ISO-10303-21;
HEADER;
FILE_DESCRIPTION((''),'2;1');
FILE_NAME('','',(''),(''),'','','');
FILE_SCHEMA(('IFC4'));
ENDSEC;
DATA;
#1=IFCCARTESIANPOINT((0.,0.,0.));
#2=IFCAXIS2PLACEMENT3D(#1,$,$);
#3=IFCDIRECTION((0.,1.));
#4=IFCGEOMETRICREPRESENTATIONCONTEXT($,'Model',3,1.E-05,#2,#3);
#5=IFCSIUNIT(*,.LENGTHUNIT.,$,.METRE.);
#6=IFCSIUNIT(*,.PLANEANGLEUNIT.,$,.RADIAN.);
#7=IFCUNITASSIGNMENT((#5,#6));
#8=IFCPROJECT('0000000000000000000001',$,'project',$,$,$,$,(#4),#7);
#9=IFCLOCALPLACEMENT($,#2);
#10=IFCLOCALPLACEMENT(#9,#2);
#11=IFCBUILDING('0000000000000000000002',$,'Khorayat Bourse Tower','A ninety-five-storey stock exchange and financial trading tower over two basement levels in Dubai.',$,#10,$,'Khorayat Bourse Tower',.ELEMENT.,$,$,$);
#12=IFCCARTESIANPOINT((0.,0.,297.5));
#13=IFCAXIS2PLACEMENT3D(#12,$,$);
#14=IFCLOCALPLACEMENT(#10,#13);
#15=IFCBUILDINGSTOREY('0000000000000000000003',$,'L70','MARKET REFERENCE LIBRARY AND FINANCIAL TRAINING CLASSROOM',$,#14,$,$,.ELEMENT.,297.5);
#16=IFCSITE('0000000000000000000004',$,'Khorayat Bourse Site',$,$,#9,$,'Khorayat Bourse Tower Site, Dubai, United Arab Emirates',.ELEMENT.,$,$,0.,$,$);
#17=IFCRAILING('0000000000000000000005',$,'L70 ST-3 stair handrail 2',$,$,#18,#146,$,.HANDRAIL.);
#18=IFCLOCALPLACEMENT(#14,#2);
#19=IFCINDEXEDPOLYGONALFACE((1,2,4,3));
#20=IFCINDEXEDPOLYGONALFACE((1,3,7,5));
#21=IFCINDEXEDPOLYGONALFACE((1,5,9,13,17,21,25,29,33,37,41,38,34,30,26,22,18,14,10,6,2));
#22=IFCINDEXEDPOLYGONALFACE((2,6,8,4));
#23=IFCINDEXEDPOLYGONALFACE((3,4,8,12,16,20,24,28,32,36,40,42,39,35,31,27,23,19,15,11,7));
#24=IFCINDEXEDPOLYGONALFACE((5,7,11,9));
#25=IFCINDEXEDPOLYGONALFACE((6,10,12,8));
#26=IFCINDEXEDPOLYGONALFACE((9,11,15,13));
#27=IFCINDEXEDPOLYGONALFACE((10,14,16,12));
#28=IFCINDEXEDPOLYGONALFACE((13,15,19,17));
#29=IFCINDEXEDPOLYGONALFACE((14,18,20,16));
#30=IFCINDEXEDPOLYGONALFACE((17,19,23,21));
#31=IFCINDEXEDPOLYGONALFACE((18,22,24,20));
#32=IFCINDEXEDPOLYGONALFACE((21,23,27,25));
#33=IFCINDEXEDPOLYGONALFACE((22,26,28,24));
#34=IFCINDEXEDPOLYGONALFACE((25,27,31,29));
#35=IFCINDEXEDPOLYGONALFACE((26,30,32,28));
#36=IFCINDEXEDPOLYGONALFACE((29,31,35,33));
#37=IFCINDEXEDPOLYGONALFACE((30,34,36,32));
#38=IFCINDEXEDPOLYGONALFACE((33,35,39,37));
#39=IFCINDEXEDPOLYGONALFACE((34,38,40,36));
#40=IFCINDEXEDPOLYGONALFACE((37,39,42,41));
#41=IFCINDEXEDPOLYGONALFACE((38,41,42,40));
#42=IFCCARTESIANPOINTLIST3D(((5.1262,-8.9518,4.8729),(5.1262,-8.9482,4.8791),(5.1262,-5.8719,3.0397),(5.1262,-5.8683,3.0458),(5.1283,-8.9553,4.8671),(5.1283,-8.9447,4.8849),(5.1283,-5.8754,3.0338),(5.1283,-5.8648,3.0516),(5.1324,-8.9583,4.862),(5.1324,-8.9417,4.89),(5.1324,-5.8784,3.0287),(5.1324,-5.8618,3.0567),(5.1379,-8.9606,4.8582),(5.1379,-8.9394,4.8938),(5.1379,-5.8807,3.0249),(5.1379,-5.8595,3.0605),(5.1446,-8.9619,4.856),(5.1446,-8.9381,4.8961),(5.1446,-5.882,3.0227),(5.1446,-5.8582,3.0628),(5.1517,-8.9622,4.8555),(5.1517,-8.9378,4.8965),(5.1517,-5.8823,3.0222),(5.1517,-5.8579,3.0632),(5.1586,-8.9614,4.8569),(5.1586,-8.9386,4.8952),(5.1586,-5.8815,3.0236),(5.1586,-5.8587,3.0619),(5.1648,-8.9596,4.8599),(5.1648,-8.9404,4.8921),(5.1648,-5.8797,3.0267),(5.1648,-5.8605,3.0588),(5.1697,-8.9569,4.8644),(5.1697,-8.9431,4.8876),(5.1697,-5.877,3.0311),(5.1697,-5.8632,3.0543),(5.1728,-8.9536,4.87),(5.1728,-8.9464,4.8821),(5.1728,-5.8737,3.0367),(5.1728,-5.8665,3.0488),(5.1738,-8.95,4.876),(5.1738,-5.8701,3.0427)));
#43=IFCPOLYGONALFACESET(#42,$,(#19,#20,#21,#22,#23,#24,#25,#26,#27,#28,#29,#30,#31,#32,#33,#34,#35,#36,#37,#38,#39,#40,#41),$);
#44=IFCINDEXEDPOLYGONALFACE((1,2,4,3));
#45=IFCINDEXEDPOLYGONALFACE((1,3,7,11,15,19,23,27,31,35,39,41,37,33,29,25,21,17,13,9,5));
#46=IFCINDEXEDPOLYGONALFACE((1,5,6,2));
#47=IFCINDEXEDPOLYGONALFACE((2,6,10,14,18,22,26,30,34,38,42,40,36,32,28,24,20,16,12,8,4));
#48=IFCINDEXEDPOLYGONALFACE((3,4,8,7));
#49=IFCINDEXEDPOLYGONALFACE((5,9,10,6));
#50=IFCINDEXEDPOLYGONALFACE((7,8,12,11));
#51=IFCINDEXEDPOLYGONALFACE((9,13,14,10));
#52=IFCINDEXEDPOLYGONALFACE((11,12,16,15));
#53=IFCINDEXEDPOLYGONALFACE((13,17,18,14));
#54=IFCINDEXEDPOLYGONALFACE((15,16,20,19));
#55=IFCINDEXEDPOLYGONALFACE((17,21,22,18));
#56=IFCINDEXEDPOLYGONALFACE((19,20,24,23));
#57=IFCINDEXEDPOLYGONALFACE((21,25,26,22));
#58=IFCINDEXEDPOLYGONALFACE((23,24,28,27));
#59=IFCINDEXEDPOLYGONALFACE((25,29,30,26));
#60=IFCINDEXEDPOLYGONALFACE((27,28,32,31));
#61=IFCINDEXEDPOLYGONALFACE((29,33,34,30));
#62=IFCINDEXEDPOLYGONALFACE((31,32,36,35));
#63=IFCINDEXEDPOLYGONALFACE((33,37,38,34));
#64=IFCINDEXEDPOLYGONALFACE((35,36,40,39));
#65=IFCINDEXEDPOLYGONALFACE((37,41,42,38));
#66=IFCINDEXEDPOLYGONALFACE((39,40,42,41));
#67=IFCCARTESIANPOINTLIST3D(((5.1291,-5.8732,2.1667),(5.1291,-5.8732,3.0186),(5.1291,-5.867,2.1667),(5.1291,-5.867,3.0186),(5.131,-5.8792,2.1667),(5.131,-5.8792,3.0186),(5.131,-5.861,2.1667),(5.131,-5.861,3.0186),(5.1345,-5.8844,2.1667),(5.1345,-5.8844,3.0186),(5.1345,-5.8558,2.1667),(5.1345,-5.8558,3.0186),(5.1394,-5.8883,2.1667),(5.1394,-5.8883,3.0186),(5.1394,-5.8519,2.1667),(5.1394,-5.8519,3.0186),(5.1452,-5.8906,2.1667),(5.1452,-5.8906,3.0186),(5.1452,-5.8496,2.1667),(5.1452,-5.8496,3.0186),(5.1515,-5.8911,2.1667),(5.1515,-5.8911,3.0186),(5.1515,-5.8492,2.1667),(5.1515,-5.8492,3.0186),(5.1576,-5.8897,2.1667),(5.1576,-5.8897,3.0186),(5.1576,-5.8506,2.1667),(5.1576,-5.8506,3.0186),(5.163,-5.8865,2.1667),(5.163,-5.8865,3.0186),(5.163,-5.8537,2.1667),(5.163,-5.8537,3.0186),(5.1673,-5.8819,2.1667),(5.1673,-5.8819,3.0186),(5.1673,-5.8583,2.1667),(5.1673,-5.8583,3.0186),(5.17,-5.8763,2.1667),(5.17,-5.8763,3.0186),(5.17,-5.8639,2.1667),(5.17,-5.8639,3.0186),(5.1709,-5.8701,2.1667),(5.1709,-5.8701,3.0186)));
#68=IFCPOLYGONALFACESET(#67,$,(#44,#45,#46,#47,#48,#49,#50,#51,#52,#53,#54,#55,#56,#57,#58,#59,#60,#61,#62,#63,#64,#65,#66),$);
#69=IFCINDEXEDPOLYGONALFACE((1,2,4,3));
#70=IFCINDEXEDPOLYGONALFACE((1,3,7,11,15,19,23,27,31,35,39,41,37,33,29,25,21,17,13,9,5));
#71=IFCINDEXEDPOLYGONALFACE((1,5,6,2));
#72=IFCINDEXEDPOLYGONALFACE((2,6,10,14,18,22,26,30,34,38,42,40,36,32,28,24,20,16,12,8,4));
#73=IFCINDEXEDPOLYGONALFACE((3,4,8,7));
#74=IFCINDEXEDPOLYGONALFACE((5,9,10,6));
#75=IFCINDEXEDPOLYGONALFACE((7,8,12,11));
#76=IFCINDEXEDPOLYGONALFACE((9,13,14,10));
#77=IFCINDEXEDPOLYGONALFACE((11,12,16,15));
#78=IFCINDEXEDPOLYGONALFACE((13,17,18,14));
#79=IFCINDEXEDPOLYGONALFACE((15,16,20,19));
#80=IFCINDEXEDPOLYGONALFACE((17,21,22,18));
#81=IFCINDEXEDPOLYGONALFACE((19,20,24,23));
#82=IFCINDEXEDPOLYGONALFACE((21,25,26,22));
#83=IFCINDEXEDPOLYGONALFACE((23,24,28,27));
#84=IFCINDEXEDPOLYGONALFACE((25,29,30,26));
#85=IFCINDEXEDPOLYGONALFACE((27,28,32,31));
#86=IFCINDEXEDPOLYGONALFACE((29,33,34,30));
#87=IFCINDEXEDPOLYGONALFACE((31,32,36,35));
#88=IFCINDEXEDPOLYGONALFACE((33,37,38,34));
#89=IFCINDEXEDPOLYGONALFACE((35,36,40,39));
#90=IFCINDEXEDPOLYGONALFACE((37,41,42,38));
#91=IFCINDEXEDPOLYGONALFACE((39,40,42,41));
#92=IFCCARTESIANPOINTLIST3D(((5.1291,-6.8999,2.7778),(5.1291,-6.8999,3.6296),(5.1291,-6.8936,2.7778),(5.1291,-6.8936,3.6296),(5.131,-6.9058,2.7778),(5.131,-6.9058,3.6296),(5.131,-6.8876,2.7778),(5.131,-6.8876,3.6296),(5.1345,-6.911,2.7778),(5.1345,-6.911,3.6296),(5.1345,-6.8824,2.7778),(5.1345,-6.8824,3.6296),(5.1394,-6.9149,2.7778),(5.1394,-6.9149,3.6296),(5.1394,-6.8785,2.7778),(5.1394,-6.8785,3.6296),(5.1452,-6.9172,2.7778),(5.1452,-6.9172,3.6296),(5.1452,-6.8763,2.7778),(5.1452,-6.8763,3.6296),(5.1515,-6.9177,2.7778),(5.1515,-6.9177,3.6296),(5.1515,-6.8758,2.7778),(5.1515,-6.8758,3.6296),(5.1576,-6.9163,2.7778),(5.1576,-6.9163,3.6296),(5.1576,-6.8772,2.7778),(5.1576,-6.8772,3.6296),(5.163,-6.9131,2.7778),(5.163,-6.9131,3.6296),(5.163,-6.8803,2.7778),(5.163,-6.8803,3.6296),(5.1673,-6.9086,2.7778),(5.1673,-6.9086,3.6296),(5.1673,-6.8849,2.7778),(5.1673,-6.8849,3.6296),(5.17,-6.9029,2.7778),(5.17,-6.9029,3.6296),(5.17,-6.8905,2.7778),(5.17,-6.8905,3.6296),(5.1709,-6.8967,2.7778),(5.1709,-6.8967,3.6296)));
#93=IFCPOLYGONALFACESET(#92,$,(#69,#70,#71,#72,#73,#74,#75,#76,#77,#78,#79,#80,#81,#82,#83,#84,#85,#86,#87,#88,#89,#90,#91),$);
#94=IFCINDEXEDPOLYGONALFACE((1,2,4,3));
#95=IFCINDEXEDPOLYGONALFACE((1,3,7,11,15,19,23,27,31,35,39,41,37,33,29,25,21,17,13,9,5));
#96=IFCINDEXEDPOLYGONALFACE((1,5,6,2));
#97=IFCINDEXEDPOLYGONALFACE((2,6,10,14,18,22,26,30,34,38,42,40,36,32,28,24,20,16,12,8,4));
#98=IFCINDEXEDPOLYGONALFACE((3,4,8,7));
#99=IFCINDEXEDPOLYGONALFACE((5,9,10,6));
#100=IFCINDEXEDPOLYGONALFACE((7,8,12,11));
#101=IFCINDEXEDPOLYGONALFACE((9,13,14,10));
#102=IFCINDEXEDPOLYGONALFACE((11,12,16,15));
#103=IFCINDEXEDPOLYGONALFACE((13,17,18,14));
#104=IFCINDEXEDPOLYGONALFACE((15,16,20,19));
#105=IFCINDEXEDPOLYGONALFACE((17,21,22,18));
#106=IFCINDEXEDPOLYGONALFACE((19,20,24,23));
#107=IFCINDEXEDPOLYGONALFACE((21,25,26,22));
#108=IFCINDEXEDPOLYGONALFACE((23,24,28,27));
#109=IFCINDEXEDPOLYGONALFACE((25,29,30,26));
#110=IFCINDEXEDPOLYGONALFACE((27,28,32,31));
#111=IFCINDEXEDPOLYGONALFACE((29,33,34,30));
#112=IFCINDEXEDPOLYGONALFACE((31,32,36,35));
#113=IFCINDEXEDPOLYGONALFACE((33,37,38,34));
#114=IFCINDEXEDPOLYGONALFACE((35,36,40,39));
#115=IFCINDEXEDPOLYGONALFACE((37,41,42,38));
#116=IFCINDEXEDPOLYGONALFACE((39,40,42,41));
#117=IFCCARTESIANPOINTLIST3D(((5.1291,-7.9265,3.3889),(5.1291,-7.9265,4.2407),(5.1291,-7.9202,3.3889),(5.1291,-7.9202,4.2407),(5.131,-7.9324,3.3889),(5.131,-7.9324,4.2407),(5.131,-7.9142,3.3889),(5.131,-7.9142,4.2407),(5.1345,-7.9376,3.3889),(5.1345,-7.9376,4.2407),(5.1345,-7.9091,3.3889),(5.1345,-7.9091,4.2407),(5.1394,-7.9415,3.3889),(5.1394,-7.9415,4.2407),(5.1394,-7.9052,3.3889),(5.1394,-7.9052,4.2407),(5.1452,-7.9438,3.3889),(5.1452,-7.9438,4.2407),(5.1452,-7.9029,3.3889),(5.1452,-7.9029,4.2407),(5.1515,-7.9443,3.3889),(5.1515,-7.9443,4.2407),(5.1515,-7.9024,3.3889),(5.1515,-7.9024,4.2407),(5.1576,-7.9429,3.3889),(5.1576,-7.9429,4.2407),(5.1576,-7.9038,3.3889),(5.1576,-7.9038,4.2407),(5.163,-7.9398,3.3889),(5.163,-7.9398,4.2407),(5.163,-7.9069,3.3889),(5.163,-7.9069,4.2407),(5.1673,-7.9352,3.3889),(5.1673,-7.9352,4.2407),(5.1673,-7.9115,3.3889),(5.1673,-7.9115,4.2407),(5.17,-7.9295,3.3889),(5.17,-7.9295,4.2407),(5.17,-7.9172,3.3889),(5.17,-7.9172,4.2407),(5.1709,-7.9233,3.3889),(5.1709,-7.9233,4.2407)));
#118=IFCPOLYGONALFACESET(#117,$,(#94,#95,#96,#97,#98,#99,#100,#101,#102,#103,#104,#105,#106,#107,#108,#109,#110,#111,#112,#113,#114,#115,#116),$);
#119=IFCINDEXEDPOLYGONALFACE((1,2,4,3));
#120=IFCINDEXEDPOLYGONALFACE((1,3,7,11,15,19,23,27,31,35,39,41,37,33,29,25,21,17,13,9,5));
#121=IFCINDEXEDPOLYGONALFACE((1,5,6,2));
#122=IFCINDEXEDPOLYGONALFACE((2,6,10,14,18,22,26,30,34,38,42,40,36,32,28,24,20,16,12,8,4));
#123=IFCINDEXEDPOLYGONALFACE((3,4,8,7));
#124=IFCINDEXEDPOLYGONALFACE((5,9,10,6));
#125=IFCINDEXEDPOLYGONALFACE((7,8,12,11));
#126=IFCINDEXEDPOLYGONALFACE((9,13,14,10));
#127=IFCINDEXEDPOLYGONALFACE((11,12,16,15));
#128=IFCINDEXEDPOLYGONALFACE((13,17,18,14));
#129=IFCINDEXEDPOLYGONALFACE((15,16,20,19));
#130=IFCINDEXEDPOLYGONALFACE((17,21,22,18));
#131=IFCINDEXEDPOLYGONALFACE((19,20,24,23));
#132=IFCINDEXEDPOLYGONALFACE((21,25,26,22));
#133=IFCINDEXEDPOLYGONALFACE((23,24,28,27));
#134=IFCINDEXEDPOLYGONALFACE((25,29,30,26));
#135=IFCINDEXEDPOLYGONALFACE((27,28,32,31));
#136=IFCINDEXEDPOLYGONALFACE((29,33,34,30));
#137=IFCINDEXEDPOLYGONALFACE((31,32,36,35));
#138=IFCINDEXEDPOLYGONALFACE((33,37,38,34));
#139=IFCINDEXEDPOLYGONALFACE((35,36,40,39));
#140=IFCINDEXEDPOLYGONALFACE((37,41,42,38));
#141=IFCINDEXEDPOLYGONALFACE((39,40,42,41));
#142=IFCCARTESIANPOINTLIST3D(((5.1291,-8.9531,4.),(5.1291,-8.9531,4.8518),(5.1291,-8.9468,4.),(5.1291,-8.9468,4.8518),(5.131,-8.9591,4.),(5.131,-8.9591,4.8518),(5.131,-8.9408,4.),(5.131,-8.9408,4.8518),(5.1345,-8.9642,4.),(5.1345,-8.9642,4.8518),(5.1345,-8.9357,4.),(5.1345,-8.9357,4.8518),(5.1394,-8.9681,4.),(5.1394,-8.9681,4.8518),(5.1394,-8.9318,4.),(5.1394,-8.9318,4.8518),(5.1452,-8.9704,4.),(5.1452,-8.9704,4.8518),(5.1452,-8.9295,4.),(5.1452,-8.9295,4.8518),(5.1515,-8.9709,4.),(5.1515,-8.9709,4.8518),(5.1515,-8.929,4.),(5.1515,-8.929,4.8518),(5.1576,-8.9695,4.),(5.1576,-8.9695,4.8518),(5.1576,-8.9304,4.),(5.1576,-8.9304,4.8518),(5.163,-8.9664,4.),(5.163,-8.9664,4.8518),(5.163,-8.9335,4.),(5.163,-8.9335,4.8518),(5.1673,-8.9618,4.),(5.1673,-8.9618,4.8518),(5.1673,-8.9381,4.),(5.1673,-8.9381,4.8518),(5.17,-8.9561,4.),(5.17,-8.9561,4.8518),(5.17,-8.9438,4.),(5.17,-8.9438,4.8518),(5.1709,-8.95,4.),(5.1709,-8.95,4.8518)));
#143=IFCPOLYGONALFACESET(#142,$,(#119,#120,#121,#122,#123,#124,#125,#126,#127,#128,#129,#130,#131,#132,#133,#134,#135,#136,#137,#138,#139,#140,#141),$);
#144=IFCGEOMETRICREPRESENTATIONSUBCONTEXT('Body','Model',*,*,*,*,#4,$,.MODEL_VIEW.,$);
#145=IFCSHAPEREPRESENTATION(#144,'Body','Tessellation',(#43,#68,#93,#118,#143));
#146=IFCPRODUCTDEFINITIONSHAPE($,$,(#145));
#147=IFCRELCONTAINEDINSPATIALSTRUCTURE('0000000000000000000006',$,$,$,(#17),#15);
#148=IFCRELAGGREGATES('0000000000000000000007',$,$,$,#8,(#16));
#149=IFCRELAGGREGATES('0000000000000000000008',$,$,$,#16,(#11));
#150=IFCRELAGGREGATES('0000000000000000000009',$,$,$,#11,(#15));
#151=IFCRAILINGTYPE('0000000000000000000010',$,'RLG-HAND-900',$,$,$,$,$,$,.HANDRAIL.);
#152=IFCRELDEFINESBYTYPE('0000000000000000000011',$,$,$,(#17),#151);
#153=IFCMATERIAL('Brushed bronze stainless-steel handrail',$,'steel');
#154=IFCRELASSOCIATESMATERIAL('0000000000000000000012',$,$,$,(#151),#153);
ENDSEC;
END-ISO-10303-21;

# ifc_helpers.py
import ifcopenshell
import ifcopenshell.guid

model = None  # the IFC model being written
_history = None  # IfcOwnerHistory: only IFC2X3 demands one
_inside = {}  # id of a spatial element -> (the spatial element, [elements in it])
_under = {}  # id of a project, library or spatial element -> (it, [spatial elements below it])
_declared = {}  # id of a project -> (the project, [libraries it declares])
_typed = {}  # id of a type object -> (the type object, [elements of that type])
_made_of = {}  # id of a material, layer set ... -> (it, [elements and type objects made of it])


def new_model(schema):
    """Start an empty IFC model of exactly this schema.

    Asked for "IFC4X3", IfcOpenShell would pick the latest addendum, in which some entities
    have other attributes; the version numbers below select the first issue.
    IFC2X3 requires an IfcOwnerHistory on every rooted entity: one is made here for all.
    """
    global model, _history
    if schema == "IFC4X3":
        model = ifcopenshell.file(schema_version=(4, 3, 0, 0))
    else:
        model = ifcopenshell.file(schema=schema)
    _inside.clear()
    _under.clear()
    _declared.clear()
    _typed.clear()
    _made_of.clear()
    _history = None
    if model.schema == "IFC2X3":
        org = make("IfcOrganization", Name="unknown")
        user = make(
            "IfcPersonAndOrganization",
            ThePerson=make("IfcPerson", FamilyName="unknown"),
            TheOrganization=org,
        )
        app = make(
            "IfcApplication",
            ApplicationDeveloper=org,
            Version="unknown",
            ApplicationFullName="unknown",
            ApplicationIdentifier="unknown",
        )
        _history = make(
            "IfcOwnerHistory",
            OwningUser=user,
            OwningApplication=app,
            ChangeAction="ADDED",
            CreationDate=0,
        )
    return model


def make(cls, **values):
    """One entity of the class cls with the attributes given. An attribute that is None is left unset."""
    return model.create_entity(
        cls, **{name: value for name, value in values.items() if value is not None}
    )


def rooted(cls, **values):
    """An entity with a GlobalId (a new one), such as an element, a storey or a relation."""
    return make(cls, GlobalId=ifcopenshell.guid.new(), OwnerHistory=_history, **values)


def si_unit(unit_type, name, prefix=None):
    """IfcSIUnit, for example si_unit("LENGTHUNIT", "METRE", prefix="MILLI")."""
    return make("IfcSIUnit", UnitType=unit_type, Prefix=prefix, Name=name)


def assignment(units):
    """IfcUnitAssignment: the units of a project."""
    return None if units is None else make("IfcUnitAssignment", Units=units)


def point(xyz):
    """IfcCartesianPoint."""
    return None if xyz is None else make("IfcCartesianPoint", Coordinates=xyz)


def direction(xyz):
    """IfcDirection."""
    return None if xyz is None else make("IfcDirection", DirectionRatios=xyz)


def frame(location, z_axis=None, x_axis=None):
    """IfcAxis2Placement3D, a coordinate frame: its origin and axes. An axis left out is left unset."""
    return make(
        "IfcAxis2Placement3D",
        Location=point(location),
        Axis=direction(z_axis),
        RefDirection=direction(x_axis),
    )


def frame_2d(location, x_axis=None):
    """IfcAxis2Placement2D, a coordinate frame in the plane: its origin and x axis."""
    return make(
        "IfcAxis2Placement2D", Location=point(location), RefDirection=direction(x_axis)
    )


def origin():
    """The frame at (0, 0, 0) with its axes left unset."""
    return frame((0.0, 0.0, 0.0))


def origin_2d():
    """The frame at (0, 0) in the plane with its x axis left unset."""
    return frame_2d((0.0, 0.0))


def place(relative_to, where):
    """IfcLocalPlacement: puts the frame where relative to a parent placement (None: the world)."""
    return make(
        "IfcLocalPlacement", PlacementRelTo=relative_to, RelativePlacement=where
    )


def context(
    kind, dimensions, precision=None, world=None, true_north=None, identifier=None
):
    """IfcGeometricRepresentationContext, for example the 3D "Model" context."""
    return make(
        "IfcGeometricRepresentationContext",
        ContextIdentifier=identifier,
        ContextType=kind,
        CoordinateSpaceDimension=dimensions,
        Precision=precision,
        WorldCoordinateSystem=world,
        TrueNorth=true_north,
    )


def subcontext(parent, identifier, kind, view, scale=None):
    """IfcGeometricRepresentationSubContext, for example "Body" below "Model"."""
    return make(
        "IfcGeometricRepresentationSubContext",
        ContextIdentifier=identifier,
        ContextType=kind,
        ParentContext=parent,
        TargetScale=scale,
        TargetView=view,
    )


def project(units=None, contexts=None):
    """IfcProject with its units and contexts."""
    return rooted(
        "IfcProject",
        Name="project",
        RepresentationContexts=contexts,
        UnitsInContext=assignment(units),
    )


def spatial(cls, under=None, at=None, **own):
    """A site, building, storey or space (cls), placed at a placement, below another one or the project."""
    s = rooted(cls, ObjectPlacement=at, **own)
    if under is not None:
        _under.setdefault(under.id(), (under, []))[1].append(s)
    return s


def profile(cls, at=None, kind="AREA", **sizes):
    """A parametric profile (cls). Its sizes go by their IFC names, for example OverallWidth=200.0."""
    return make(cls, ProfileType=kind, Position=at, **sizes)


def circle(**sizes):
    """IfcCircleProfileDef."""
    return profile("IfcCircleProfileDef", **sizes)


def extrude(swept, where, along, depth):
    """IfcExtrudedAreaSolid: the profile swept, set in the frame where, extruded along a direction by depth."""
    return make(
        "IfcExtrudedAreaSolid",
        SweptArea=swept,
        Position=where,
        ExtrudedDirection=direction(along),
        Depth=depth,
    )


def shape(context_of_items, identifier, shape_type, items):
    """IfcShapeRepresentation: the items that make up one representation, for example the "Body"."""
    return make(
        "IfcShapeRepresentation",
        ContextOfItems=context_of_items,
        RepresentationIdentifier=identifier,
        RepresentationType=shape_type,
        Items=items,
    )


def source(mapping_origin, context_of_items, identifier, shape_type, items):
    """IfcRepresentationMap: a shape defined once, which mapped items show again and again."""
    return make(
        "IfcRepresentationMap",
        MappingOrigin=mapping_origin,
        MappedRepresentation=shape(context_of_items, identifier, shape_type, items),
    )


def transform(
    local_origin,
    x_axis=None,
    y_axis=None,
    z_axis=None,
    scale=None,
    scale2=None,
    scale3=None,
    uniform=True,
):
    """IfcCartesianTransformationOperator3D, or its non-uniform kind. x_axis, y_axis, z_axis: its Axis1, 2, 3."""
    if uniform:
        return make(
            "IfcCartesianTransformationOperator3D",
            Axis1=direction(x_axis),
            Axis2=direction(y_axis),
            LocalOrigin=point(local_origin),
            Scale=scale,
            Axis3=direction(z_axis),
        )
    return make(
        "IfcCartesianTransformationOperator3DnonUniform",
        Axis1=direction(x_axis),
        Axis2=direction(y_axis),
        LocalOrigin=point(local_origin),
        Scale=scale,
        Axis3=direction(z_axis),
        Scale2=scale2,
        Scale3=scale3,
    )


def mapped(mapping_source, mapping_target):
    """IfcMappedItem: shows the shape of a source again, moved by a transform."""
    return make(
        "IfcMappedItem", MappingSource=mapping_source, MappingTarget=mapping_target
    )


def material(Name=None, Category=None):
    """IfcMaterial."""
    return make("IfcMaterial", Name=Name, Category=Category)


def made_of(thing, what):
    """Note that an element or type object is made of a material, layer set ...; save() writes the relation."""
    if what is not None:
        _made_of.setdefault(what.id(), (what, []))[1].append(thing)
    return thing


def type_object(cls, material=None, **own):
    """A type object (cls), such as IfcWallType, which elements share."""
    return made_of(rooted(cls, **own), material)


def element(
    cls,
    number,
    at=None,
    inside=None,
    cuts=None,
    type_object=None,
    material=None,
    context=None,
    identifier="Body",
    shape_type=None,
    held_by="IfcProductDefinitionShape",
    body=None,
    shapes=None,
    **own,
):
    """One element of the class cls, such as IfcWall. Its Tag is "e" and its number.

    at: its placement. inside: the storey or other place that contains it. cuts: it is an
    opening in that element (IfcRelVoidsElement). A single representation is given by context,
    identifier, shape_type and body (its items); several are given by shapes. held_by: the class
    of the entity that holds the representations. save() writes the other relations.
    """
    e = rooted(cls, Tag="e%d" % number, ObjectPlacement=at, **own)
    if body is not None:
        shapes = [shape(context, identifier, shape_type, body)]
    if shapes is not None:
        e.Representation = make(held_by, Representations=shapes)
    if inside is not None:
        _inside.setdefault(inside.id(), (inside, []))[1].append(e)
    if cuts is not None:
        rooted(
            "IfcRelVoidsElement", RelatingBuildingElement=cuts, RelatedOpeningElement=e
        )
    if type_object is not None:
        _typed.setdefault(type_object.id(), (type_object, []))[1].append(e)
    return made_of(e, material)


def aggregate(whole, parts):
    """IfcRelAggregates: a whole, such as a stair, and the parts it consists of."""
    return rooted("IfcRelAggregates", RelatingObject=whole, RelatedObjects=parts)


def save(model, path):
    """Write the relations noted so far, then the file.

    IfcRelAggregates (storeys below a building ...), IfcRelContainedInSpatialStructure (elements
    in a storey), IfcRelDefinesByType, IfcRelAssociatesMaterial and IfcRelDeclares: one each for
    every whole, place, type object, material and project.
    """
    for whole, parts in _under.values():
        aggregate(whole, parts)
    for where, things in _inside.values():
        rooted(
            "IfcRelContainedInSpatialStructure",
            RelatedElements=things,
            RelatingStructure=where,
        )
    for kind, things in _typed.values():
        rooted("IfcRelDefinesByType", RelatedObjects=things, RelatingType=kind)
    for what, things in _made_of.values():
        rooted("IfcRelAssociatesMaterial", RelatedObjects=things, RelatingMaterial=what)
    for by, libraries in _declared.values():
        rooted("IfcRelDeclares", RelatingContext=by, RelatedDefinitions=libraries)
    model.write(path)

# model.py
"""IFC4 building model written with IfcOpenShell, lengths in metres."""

from ifc_helpers import new_model, si_unit, direction, frame, origin, origin_2d, place, context, subcontext, project, spatial, circle, extrude, source, transform, mapped, material, type_object, element, save


model = new_model("IFC4")

# Units and contexts
model_context = context("Model", 3, precision=1e-05, world=origin(), true_north=direction((0.0, 1.0)))
body_context = subcontext(model_context, "Body", "Model", "MODEL_VIEW")
ifc_project = project(units=[si_unit("LENGTHUNIT", "METRE"), si_unit("PLANEANGLEUNIT", "RADIAN")], contexts=[model_context])

# Site, building, storey
site_placement = place(None, origin())
site = spatial("IfcSite", under=ifc_project, at=site_placement, Name="Khorayat Bourse Site", LongName="Khorayat Bourse Tower Site, Dubai, United Arab Emirates", CompositionType="ELEMENT", RefElevation=0.0)
building_placement = place(site_placement, origin())
building = spatial("IfcBuilding", under=site, at=building_placement, Name="Khorayat Bourse Tower", Description="A ninety-five-storey stock exchange and financial trading tower over two basement levels in Dubai.", LongName="Khorayat Bourse Tower", CompositionType="ELEMENT")
storey_placement = place(building_placement, frame((0.0, 0.0, 297.5)))
storey = spatial("IfcBuildingStorey", under=building, at=storey_placement, Name="L70", Description="MARKET REFERENCE LIBRARY AND FINANCIAL TRAINING CLASSROOM", CompositionType="ELEMENT", Elevation=297.5)

# Railing
ifc_material_1 = material(Name="Brushed bronze stainless-steel handrail", Category="steel")
railing_type_1 = type_object("IfcRailingType", Name="RLG-HAND-900", PredefinedType="HANDRAIL", material=ifc_material_1)
shared_shape_1 = source(origin(), body_context, "Body", "SweptSolid", [
    extrude(circle(Radius=0.0239, at=origin_2d()), frame((0.0, 0.0, 0.876), z_axis=(0.0, -0.859291, 0.511487), x_axis=(1.0, 0.0, 0.0)), (0.0, 0.0, 1.0), 3.5842),
    extrude(circle(Radius=0.021, at=origin_2d()), origin(), (0.0, 0.0, 1.0), 0.8518),
    extrude(circle(Radius=0.021, at=origin_2d()), frame((0.0, -1.0266, 0.6111)), (0.0, 0.0, 1.0), 0.8518),
    extrude(circle(Radius=0.021, at=origin_2d()), frame((0.0, -2.0532, 1.2222)), (0.0, 0.0, 1.0), 0.8518),
    extrude(circle(Radius=0.021, at=origin_2d()), frame((0.0, -3.0798, 1.8333)), (0.0, 0.0, 1.0), 0.8518),
])
railing_1_placement = place(storey_placement, frame((5.1499, -5.8701, 2.1667)))
element("IfcRailing", 1, at=railing_1_placement, inside=storey, type_object=railing_type_1, Name="L70 ST-3 stair handrail 2", PredefinedType="HANDRAIL", context=body_context, shape_type="MappedRepresentation", body=[
    mapped(shared_shape_1, transform((0.0, 0.0, 0.0), scale=1.0)),
])

save(model, "model.ifc")
